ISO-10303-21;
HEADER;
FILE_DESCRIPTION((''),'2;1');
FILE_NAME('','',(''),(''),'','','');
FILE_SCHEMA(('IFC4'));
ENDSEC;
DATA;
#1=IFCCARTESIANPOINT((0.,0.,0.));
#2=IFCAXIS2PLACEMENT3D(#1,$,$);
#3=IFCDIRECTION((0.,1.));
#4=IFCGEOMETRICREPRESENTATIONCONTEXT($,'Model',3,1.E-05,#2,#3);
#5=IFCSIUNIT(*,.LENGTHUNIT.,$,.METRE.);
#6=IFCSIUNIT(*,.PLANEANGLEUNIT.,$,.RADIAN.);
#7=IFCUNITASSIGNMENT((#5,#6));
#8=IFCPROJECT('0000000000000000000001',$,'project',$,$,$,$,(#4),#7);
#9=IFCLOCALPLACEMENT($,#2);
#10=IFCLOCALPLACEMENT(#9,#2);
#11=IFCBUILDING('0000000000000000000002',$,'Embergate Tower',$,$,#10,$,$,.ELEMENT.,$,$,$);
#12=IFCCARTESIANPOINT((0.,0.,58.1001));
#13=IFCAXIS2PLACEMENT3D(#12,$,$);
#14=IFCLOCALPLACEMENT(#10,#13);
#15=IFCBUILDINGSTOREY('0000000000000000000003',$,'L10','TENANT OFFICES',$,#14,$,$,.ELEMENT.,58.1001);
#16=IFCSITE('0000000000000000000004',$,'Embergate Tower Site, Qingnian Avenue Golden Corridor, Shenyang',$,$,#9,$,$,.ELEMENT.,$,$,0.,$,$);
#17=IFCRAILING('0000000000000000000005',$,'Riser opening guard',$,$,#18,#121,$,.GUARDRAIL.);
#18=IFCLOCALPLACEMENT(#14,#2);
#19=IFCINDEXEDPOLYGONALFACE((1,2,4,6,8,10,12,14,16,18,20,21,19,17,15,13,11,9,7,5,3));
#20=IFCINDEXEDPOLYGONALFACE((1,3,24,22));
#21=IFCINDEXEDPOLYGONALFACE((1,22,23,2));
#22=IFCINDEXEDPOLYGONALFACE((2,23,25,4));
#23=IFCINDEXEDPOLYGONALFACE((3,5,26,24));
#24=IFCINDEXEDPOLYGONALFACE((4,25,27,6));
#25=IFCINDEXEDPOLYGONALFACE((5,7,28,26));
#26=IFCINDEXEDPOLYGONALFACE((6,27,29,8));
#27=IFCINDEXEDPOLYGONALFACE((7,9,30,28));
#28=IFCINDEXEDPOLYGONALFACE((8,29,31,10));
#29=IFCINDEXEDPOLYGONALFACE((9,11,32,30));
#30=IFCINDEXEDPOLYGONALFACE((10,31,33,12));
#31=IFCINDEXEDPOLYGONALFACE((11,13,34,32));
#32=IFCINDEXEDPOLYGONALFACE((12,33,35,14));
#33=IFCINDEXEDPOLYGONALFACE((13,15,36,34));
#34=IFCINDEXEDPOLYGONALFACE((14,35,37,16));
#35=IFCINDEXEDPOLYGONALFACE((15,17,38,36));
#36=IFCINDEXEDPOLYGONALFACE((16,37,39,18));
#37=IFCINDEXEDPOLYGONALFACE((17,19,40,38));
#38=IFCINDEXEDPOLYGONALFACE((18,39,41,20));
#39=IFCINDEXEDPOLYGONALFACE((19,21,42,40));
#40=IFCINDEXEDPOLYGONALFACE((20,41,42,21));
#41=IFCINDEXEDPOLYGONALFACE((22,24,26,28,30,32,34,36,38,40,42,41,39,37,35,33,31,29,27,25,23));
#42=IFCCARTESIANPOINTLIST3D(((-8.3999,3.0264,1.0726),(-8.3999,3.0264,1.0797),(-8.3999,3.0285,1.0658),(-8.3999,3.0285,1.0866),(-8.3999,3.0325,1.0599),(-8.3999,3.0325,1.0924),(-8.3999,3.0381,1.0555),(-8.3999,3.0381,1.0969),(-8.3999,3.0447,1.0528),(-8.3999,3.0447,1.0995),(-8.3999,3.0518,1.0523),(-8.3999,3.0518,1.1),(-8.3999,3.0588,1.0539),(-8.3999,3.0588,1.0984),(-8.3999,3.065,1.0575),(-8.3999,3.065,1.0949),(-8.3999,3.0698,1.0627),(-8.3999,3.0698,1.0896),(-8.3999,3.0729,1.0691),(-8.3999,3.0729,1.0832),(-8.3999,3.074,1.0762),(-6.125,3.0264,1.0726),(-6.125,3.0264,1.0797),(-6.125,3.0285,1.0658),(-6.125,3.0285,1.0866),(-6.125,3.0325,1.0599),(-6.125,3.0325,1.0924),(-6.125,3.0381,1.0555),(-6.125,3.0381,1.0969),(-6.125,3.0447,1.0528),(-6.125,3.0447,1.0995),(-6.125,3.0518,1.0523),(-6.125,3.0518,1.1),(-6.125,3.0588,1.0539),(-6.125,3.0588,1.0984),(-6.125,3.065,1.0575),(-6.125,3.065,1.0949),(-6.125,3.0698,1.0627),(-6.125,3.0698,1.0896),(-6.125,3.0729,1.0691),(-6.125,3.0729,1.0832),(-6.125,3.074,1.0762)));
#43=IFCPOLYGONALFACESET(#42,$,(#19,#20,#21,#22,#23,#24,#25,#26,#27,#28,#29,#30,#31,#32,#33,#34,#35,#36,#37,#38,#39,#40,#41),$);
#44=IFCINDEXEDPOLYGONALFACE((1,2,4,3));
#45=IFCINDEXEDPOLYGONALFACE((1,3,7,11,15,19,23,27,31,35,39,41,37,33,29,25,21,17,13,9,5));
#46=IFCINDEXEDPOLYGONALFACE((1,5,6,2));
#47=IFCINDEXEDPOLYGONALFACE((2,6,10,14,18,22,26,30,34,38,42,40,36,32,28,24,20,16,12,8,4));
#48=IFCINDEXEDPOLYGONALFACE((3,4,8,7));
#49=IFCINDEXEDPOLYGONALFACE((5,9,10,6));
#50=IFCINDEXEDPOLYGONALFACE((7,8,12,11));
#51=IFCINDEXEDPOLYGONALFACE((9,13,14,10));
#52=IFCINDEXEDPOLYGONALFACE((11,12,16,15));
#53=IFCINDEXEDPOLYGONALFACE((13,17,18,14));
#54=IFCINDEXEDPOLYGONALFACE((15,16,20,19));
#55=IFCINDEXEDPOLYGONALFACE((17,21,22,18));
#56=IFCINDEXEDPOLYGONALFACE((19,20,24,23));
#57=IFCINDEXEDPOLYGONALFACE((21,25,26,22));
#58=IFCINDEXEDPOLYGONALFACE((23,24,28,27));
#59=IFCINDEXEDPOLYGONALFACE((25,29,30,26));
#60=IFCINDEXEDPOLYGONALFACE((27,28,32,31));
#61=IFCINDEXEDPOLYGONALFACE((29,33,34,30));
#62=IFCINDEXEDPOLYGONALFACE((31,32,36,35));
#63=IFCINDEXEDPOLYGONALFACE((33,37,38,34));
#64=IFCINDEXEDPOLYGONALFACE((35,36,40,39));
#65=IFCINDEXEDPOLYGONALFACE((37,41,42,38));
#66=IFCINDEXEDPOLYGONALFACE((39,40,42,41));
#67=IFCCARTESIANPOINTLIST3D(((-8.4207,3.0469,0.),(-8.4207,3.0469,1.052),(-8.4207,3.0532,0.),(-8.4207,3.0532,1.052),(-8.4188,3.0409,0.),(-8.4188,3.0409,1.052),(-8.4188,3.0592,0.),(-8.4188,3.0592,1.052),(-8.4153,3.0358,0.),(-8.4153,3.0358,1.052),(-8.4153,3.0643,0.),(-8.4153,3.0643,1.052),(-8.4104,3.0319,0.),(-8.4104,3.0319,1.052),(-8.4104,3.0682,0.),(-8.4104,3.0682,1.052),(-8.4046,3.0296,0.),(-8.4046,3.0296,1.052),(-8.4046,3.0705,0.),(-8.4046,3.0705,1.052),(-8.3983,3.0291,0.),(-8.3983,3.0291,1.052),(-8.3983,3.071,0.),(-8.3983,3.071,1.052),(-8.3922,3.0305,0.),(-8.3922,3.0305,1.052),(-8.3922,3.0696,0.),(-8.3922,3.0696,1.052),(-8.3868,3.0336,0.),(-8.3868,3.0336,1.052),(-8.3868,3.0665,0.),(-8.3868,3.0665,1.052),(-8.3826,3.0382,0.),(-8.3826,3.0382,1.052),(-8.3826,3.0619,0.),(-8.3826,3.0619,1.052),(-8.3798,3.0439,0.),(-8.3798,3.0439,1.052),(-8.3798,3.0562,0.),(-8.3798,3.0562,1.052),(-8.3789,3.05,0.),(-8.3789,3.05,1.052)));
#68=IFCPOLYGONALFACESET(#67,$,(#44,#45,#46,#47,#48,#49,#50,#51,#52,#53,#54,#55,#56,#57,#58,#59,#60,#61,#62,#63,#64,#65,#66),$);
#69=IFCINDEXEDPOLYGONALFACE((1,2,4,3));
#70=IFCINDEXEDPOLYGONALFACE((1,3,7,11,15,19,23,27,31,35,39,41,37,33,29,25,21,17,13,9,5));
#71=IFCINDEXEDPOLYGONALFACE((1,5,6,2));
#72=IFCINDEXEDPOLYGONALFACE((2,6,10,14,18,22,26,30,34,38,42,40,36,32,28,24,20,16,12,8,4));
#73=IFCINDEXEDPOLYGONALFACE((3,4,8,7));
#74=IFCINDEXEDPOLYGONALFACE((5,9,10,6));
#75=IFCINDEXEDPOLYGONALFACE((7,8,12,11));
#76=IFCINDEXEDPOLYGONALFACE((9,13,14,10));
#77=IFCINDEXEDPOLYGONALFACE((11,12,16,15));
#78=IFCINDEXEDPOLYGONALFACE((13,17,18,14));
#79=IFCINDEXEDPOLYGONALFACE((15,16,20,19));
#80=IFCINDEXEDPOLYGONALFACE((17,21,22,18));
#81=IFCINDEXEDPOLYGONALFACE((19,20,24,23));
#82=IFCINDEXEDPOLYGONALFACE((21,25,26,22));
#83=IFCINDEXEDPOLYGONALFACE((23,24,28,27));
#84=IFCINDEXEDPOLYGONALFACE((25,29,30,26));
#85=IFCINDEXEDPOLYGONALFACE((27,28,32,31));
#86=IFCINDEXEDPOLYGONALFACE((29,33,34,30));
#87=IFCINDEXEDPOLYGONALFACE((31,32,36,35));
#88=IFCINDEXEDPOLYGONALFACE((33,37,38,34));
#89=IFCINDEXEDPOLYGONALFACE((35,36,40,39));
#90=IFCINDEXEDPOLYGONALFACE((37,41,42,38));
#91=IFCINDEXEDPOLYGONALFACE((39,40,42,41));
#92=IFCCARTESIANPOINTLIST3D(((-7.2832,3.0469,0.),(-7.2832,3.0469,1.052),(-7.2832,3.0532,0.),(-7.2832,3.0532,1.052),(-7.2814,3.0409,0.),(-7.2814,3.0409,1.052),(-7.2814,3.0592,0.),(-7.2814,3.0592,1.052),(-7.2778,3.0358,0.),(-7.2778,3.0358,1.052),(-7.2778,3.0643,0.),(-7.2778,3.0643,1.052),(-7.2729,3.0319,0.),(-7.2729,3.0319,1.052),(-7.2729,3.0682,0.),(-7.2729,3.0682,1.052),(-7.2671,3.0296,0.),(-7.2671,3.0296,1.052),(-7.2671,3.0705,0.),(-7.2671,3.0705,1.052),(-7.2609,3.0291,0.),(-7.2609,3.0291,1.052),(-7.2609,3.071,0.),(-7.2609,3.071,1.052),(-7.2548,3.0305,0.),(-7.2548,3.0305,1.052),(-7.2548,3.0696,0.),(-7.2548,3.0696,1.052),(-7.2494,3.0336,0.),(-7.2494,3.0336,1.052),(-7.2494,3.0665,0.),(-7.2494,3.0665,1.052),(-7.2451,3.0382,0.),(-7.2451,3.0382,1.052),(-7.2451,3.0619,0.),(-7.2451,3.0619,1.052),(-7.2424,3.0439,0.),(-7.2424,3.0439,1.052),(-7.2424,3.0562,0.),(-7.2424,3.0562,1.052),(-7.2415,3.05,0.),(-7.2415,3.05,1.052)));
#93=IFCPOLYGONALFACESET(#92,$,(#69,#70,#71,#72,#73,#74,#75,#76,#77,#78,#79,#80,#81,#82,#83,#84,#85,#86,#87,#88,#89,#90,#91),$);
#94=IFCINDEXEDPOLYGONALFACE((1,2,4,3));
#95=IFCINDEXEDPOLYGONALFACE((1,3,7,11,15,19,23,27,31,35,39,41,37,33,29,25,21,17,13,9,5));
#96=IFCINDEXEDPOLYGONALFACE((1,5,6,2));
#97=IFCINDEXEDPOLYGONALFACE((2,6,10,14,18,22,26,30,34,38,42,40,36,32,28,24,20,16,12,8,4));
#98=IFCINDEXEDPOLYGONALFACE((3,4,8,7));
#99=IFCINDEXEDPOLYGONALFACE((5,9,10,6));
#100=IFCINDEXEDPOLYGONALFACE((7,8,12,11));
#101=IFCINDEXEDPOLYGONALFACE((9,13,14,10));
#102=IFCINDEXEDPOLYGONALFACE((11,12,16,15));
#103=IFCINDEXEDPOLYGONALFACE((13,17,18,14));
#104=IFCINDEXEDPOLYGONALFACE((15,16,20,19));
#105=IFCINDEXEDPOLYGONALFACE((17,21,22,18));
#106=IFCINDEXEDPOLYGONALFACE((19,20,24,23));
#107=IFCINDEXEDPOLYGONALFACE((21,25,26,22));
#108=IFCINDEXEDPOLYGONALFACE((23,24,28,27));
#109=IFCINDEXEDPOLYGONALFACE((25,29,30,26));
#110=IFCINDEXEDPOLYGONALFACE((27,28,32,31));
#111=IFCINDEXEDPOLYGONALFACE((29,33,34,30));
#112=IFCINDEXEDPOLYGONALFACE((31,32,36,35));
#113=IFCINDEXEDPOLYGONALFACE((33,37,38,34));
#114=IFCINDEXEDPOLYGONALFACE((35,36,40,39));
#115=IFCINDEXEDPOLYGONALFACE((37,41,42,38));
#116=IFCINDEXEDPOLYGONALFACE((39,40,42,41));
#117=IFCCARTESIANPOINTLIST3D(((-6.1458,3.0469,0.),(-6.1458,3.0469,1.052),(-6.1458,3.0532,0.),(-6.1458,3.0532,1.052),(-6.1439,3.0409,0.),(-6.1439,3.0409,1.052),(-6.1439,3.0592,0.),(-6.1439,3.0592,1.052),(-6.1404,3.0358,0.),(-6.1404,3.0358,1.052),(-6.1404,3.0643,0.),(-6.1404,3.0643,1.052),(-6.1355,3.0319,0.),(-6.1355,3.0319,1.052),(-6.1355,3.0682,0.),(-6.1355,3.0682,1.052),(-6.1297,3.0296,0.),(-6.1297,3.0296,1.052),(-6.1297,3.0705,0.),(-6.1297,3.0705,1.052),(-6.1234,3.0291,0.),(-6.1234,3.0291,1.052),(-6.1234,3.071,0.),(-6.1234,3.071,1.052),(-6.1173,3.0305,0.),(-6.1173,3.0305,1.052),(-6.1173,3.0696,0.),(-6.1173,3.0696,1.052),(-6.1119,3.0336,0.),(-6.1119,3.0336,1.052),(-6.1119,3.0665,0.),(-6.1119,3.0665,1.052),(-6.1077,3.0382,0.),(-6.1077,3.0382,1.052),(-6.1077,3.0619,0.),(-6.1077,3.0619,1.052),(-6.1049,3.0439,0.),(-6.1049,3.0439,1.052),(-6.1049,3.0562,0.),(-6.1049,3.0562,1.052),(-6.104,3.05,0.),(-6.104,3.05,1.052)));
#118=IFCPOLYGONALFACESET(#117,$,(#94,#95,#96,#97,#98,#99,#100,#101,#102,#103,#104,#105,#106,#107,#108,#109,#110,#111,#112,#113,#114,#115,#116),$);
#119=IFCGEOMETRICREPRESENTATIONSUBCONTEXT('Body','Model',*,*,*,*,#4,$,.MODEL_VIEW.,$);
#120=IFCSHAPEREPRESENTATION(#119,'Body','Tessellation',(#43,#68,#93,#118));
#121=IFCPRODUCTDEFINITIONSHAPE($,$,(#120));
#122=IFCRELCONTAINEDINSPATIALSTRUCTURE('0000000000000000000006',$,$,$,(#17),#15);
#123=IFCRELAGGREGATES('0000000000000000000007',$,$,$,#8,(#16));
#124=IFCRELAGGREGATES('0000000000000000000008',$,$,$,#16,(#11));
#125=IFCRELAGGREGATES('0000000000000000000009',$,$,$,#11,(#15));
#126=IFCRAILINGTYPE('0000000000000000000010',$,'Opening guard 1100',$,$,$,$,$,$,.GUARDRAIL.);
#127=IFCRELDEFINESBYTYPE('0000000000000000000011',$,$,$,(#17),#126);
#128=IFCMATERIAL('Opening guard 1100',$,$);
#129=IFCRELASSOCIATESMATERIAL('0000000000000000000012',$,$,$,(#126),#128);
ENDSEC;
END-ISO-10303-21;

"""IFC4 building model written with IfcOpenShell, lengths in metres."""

from ifc_helpers import new_model, si_unit, direction, frame, origin, origin_2d, place, context, subcontext, project, spatial, circle, extrude, source, transform, mapped, material, type_object, element, save


model = new_model("IFC4")

# Units and contexts
model_context = context("Model", 3, precision=1e-05, world=origin(), true_north=direction((0.0, 1.0)))
body_context = subcontext(model_context, "Body", "Model", "MODEL_VIEW")
ifc_project = project(units=[si_unit("LENGTHUNIT", "METRE"), si_unit("PLANEANGLEUNIT", "RADIAN")], contexts=[model_context])

# Site, building, storey
site_placement = place(None, origin())
site = spatial("IfcSite", under=ifc_project, at=site_placement, Name="Embergate Tower Site, Qingnian Avenue Golden Corridor, Shenyang", CompositionType="ELEMENT", RefElevation=0.0)
building_placement = place(site_placement, origin())
building = spatial("IfcBuilding", under=site, at=building_placement, Name="Embergate Tower", CompositionType="ELEMENT")
storey_placement = place(building_placement, frame((0.0, 0.0, 58.1001)))
storey = spatial("IfcBuildingStorey", under=building, at=storey_placement, Name="L10", Description="TENANT OFFICES", CompositionType="ELEMENT", Elevation=58.1001)

# Railing
ifc_material_1 = material(Name="Opening guard 1100")
railing_type = type_object("IfcRailingType", Name="Opening guard 1100", PredefinedType="GUARDRAIL", material=ifc_material_1)
shared_shape_1 = source(origin(), body_context, "Body", "SweptSolid", [
    extrude(circle(Radius=0.0239, at=origin_2d()), frame((0.0, 0.0, 1.0762), z_axis=(1.0, 0.0, 0.0), x_axis=(0.0, 1.0, 0.0)), (0.0, 0.0, 1.0), 2.2749),
    extrude(circle(Radius=0.021, at=origin_2d()), origin(), (0.0, 0.0, 1.0), 1.052),
    extrude(circle(Radius=0.021, at=origin_2d()), frame((1.1375, 0.0, 0.0)), (0.0, 0.0, 1.0), 1.052),
    extrude(circle(Radius=0.021, at=origin_2d()), frame((2.2749, 0.0, 0.0)), (0.0, 0.0, 1.0), 1.052),
])
railing_placement = place(storey_placement, frame((-8.3999, 3.05, 0.0)))
element("IfcRailing", 1, at=railing_placement, inside=storey, type_object=railing_type, Name="Riser opening guard", PredefinedType="GUARDRAIL", context=body_context, shape_type="MappedRepresentation", body=[
    mapped(shared_shape_1, transform((0.0, 0.0, 0.0))),
])

save(model, "model.ifc")
